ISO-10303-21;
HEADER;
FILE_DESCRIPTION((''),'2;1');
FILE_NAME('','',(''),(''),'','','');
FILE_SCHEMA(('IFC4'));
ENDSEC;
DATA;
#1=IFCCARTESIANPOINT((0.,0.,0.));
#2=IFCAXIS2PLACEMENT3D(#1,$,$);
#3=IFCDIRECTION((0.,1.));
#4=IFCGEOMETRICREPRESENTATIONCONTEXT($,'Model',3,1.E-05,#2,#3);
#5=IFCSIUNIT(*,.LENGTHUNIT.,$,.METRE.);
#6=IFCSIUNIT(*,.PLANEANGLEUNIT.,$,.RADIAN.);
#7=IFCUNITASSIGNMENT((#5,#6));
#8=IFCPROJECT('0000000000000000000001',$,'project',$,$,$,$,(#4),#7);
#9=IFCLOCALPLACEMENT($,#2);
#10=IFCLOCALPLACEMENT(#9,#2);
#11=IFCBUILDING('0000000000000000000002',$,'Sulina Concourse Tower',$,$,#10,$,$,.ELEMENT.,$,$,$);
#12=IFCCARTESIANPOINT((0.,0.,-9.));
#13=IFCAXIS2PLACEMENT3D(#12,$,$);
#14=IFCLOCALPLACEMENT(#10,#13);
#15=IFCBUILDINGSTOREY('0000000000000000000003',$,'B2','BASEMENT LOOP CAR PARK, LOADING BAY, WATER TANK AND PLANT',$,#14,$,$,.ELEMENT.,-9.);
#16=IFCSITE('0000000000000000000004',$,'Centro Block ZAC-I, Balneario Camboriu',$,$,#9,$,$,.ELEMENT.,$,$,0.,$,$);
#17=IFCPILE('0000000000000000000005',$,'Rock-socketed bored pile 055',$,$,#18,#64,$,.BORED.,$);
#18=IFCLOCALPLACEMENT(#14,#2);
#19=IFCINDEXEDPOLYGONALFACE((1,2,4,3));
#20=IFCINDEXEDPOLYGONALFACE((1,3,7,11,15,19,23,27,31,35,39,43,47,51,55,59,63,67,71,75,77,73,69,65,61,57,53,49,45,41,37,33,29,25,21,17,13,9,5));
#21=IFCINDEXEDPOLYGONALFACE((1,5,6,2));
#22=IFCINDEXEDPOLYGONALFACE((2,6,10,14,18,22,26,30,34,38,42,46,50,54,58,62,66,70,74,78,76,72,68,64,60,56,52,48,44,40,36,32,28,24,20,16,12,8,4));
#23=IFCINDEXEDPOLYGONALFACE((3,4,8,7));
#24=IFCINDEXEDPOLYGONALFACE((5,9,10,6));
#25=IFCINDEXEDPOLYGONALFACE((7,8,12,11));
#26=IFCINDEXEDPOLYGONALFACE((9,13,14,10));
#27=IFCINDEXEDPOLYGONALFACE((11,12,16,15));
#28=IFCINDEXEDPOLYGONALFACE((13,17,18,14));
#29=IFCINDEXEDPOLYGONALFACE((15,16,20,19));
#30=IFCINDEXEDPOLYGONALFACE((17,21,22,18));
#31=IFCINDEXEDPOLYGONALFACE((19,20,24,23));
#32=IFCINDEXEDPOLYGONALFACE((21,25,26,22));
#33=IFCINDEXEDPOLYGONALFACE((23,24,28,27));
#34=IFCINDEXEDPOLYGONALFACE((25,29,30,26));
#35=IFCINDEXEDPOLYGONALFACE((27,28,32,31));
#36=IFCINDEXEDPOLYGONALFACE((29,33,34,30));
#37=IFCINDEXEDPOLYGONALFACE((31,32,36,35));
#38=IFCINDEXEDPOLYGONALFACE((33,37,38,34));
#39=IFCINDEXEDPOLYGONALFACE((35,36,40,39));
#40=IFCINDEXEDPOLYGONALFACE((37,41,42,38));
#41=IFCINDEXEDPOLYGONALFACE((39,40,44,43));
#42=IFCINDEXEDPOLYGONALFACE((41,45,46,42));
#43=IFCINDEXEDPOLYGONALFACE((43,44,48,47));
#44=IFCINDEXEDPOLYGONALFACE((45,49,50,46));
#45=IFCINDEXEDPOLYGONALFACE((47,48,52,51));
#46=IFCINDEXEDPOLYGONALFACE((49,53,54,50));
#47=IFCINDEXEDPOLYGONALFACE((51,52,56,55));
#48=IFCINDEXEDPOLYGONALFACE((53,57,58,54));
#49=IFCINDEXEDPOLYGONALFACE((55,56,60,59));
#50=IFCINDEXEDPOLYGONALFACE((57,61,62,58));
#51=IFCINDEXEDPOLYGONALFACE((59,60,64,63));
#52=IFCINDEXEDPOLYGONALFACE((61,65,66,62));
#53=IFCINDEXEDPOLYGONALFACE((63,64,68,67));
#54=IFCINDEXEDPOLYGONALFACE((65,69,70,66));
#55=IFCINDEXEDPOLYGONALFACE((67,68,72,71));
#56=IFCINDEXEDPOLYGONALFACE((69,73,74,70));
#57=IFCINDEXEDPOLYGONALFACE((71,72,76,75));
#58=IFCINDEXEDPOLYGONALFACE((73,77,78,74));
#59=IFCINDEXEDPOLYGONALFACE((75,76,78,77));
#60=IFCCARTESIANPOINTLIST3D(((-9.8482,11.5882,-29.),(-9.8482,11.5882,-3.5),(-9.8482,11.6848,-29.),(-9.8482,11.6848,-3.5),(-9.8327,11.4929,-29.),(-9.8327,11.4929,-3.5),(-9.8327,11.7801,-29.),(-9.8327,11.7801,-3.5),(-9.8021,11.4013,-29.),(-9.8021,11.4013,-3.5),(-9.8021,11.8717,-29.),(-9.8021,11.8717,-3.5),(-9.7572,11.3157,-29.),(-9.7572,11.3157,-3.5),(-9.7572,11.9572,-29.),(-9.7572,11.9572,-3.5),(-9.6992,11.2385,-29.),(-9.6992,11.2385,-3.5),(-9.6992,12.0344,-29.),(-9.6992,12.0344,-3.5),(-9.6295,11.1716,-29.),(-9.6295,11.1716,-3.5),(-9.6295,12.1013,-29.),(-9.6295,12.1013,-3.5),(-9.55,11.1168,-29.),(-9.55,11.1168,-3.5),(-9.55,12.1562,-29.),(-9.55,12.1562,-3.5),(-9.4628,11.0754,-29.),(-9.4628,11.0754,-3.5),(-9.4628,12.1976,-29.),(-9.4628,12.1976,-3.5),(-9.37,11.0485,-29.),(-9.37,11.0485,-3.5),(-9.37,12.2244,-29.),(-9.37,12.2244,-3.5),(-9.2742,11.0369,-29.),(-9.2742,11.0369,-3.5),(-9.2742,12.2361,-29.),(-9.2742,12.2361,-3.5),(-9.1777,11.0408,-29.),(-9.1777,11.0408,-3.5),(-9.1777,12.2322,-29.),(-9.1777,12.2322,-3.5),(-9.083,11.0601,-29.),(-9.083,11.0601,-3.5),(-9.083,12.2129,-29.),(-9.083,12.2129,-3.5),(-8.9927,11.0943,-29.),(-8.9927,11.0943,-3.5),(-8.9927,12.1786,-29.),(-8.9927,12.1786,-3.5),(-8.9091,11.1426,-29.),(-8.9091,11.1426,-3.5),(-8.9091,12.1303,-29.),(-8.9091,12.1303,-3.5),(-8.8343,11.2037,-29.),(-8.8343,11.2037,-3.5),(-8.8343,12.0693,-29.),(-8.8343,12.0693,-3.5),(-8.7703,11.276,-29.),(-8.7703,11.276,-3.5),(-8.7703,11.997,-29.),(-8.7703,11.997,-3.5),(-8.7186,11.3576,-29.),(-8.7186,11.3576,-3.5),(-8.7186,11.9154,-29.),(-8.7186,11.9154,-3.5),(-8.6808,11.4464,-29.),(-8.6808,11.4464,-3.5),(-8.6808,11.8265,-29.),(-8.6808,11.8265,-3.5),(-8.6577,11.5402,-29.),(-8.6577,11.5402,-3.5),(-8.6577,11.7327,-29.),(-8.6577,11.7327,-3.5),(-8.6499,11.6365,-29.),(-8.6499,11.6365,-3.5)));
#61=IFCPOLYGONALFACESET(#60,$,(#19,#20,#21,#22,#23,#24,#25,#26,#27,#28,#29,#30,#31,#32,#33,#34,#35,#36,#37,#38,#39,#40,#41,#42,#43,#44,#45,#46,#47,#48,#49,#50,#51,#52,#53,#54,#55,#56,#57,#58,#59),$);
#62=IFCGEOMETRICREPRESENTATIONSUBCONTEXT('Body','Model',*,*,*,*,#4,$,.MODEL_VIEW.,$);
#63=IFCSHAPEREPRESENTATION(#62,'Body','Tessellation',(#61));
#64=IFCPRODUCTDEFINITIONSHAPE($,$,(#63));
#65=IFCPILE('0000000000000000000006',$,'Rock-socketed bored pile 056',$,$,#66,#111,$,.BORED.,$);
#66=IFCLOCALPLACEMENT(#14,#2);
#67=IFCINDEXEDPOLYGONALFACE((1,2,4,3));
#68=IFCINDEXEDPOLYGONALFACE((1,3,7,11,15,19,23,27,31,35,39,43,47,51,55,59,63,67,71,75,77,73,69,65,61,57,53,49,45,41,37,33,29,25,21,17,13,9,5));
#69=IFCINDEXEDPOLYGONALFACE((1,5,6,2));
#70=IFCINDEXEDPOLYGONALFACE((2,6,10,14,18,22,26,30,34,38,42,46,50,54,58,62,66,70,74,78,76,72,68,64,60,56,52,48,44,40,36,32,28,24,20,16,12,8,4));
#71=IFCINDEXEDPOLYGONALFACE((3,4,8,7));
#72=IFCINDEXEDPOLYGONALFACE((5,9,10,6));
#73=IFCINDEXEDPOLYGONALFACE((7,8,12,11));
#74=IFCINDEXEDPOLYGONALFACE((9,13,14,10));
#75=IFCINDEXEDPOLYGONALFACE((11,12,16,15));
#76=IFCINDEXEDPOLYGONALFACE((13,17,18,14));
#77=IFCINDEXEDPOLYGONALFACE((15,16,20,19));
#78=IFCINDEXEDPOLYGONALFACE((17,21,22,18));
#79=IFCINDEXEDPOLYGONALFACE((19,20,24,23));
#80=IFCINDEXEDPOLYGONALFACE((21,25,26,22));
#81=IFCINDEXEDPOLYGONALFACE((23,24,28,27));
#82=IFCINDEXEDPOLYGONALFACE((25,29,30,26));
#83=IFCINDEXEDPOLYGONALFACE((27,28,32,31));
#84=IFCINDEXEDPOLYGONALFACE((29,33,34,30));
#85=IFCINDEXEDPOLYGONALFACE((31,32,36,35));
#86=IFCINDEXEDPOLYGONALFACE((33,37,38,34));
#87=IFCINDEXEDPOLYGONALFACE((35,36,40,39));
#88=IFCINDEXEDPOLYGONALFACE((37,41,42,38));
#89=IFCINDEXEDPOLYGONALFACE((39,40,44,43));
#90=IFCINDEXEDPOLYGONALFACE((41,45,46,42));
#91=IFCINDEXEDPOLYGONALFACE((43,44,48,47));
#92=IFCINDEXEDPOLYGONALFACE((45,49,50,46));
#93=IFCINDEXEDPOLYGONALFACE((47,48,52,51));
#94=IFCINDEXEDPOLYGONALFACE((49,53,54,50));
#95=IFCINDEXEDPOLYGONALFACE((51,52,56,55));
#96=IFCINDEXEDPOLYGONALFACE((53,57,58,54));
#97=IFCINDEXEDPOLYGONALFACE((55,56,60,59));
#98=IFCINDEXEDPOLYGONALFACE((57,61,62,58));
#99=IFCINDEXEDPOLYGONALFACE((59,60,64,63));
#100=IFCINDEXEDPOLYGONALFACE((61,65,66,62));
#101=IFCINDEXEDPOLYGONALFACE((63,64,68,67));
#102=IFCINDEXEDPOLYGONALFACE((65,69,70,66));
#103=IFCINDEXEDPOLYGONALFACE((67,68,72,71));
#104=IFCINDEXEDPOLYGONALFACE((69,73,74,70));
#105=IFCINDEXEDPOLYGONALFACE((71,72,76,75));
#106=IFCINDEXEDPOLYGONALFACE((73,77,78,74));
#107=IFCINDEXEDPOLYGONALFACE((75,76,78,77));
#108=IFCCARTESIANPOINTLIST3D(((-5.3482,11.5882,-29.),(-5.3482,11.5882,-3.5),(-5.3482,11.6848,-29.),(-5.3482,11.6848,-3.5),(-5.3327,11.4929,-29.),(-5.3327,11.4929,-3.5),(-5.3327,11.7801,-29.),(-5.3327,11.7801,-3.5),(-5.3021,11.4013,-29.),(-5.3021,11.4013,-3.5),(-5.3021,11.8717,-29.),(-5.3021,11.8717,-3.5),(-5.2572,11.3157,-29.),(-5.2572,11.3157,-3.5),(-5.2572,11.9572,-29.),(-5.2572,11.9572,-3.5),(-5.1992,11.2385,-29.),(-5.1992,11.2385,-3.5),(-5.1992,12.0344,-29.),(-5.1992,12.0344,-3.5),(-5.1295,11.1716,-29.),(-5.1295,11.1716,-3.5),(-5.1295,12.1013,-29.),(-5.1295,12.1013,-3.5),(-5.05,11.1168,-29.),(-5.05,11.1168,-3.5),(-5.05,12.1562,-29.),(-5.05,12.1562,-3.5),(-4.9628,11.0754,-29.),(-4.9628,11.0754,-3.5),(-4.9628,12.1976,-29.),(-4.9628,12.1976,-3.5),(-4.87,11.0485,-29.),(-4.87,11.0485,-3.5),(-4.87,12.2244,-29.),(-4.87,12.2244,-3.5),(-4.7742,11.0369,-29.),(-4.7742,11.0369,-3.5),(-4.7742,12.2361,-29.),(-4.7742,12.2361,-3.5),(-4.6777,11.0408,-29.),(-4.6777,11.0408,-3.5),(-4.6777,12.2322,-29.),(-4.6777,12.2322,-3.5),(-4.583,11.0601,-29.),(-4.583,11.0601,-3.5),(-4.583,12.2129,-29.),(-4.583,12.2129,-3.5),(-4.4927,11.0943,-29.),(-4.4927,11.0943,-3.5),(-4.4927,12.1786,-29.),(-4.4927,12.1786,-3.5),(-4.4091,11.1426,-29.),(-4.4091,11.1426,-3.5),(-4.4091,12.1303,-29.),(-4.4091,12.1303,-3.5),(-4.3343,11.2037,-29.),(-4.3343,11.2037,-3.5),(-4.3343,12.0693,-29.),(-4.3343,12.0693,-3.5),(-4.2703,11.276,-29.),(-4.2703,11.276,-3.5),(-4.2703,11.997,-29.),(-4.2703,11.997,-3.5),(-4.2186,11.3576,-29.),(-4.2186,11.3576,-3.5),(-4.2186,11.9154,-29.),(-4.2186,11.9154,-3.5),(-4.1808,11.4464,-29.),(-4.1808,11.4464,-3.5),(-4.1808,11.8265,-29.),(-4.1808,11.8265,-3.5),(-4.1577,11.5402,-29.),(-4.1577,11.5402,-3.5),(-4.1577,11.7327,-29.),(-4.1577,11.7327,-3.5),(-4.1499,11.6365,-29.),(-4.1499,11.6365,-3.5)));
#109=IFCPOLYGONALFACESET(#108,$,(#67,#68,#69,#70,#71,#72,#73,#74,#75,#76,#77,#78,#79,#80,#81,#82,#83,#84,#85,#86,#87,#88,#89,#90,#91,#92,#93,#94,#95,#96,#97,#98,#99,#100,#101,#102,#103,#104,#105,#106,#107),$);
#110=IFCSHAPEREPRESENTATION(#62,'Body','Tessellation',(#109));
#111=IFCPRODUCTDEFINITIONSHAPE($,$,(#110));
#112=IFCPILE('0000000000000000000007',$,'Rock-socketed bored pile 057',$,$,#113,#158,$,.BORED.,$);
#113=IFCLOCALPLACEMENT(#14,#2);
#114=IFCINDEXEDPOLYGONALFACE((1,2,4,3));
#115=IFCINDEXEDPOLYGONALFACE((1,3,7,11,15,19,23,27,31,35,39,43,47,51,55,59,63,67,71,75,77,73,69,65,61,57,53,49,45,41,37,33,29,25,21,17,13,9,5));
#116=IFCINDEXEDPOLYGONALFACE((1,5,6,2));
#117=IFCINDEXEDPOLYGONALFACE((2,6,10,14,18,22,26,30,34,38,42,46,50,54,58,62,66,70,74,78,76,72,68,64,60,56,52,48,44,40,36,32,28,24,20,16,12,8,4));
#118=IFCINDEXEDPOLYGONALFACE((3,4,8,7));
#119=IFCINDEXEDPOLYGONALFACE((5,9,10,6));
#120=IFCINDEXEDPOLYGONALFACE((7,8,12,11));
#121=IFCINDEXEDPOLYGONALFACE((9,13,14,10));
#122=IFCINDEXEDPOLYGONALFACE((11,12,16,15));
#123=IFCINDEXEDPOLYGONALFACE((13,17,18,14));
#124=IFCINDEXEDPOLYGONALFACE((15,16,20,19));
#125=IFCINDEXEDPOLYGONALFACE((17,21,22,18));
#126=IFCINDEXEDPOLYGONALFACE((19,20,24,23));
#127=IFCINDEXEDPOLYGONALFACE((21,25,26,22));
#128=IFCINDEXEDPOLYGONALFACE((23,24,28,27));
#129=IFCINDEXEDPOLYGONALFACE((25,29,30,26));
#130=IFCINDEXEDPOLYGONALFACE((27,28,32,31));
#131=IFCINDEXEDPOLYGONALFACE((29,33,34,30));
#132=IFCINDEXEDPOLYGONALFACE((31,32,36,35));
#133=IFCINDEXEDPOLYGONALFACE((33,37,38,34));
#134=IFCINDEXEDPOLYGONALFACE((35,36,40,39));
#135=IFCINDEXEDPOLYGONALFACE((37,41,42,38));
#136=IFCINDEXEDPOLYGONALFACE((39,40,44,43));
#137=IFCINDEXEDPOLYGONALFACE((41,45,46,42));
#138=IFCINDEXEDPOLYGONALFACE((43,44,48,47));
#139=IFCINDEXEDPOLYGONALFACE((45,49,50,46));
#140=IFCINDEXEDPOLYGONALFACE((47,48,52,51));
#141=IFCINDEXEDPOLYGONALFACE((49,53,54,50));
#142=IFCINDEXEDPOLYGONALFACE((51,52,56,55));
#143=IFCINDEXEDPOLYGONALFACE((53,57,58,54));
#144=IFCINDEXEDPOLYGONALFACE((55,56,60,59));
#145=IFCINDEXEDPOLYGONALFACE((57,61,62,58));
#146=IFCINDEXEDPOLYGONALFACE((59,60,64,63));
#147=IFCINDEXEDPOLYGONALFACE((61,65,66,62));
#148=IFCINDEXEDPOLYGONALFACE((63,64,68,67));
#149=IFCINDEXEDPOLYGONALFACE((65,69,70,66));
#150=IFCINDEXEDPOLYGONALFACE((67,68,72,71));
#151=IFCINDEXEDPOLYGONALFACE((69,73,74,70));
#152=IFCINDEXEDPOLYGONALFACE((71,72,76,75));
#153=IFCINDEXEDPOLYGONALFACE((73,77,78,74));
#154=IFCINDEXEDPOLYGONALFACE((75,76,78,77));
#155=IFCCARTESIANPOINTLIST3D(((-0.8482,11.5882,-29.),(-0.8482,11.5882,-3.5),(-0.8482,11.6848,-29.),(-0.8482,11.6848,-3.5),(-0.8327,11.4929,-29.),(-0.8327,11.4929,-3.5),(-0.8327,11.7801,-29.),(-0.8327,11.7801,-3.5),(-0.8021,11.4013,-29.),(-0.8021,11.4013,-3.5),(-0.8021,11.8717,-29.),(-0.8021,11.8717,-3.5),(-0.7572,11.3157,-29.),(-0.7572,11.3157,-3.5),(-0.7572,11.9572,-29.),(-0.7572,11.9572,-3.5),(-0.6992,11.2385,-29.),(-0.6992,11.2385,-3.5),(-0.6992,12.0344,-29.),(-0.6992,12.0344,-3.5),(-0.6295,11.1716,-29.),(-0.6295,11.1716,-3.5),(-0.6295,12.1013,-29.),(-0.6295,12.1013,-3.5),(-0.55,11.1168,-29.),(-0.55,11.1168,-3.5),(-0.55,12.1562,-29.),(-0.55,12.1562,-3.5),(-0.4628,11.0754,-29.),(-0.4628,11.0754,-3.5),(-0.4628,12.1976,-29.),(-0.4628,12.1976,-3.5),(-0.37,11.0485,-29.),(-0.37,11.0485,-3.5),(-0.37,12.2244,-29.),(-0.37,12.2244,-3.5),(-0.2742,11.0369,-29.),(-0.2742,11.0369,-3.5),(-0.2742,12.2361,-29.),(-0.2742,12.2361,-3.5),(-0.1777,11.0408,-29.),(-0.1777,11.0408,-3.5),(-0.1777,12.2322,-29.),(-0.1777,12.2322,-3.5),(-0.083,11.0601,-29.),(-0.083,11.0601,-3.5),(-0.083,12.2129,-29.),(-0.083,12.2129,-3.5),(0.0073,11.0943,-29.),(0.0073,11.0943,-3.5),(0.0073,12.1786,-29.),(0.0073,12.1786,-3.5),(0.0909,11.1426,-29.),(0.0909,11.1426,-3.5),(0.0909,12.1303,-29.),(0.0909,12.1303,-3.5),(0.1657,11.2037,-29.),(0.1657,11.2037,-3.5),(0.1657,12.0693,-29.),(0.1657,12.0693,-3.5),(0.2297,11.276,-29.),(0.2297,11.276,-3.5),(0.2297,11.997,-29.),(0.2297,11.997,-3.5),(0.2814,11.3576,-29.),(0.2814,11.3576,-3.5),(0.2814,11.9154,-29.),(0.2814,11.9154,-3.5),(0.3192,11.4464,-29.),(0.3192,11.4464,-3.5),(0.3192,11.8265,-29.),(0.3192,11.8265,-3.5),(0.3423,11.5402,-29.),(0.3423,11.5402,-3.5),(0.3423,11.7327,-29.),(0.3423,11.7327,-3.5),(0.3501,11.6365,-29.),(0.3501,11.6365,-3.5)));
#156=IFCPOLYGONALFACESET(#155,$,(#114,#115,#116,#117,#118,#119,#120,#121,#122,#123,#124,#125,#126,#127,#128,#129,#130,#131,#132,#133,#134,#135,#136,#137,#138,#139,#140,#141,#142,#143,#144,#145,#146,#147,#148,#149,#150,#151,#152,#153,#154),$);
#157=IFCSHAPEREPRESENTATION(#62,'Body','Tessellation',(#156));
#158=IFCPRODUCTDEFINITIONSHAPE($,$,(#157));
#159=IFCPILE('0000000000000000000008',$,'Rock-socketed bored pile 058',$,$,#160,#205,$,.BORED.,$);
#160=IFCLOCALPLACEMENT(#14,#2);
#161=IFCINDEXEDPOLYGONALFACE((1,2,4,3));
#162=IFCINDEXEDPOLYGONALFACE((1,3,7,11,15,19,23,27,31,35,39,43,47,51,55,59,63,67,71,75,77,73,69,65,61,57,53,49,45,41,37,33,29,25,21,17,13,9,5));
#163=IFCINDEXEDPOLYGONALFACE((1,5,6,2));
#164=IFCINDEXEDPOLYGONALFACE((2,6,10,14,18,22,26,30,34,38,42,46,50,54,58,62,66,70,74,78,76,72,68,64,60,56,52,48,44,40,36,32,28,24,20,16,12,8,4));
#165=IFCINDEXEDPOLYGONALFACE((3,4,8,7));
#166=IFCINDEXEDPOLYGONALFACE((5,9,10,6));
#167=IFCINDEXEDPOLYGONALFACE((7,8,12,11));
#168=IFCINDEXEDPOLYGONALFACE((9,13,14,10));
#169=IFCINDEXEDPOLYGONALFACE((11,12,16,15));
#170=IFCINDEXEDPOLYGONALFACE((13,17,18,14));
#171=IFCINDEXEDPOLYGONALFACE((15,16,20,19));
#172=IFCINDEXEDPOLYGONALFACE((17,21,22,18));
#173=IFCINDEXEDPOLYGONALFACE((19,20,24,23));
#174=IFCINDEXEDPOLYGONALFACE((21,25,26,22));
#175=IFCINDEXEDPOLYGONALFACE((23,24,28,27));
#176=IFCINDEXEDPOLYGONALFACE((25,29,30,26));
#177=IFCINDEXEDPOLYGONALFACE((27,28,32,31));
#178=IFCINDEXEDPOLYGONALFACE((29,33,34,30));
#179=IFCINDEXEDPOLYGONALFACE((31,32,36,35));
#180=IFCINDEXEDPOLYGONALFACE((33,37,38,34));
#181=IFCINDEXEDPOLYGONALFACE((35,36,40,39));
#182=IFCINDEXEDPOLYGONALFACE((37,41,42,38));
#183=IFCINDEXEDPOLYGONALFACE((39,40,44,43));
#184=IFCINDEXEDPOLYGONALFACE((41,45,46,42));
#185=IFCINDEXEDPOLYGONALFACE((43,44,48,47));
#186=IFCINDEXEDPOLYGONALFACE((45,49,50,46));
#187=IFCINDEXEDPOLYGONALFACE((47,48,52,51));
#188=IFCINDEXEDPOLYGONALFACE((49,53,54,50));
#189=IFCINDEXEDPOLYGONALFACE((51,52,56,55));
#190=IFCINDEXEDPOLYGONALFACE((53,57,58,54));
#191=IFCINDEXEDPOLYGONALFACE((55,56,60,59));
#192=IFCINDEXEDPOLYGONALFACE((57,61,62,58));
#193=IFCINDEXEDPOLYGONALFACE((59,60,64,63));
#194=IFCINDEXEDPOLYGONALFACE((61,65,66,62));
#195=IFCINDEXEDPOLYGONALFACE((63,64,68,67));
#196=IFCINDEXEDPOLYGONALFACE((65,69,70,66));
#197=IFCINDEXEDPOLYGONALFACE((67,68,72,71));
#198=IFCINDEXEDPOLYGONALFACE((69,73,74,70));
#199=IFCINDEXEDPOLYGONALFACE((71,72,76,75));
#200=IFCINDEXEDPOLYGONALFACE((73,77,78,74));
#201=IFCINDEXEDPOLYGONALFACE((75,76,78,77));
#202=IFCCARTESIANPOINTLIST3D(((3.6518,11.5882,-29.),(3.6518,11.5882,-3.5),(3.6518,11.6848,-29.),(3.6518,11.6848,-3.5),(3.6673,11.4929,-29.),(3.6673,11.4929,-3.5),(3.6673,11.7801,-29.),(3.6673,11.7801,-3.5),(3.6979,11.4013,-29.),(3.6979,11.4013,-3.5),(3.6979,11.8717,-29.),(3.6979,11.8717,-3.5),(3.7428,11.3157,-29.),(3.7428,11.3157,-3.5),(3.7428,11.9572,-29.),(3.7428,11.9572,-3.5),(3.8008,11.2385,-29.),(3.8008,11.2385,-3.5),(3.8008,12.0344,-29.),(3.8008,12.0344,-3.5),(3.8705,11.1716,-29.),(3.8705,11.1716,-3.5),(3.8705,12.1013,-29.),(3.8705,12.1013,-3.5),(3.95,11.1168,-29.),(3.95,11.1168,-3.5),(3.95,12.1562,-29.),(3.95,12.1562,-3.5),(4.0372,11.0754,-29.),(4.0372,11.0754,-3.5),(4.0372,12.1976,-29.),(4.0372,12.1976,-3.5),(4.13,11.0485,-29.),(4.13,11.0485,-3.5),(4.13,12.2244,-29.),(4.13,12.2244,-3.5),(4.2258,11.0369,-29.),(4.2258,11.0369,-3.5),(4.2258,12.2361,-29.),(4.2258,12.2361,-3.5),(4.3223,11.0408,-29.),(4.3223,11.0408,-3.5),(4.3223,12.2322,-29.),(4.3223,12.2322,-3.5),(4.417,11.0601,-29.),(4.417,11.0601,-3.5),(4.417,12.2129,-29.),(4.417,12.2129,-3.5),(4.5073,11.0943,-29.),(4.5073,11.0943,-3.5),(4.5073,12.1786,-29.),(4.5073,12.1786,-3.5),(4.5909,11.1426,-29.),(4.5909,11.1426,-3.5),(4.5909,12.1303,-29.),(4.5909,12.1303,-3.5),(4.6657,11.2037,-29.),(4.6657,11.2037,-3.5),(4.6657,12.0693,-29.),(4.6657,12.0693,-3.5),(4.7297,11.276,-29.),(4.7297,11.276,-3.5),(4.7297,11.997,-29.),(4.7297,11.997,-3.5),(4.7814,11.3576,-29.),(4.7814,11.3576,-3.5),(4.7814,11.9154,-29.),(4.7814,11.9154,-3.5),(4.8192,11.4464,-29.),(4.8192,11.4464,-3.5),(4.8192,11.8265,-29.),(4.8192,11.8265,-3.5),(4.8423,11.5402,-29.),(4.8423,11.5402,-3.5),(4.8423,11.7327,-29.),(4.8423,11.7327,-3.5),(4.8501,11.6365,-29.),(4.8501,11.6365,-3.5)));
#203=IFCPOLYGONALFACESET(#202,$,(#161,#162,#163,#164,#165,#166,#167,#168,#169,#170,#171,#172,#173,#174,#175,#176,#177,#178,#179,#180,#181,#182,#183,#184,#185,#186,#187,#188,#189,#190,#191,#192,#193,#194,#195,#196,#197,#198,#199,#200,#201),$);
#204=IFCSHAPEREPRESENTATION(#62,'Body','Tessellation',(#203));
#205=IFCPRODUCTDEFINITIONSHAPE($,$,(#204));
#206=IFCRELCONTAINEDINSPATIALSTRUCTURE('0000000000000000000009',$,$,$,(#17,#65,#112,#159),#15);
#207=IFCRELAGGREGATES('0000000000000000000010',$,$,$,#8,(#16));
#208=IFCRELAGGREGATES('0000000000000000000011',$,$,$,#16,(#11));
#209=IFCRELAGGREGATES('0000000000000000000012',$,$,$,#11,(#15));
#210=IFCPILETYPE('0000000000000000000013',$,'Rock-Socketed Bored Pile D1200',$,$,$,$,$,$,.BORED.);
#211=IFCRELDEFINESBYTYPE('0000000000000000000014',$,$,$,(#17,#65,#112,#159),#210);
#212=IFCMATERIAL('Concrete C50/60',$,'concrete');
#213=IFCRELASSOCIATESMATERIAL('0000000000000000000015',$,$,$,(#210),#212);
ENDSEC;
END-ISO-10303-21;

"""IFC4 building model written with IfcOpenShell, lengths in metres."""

from ifc_helpers import new_model, si_unit, direction, frame, origin, origin_2d, place, context, subcontext, project, spatial, circle, extrude, material, material_profile, profile_set, type_object, element, save


model = new_model("IFC4")

# Units and contexts
model_context = context("Model", 3, precision=1e-05, world=origin(), true_north=direction((0.0, 1.0)))
body_context = subcontext(model_context, "Body", "Model", "MODEL_VIEW")
ifc_project = project(units=[si_unit("LENGTHUNIT", "METRE"), si_unit("PLANEANGLEUNIT", "RADIAN")], contexts=[model_context])

# Site, building, storey
site_placement = place(None, origin())
site = spatial("IfcSite", under=ifc_project, at=site_placement, Name="Centro Block ZAC-I, Balneario Camboriu", CompositionType="ELEMENT", RefElevation=0.0)
building_placement = place(site_placement, origin())
building = spatial("IfcBuilding", under=site, at=building_placement, Name="Sulina Concourse Tower", CompositionType="ELEMENT")
storey_placement = place(building_placement, frame((0.0, 0.0, -9.0)))
storey = spatial("IfcBuildingStorey", under=building, at=storey_placement, Name="B2", Description="BASEMENT LOOP CAR PARK, LOADING BAY, WATER TANK AND PLANT", CompositionType="ELEMENT", Elevation=-9.0)

# Piles
ifc_material_1 = material(Name="Concrete C50/60", Category="concrete")
ifc_material_profile_1 = material_profile(ifc_material_1, circle(Radius=0.6001, at=origin_2d()), Name="PILE D1200")
ifc_profile_set_1 = profile_set([ifc_material_profile_1], Name="Concrete C50/60")
pile_type_1 = type_object("IfcPileType", Name="Rock-Socketed Bored Pile D1200", PredefinedType="BORED", material=ifc_profile_set_1)
for number, where, z_axis, x_axis, name in (
    (1, (-9.25, 11.6365, -3.5), (0.0, 0.0, -1.0), (1.0, 0.0, 0.0), "Rock-socketed bored pile 055"),
    (2, (-4.75, 11.6365, -3.5), (0.0, 0.0, -1.0), (1.0, 0.0, 0.0), "Rock-socketed bored pile 056"),
    (3, (-0.25, 11.6365, -3.5), (0.0, 0.0, -1.0), (1.0, 0.0, 0.0), "Rock-socketed bored pile 057"),
    (4, (4.25, 11.6365, -3.5), (0.0, 0.0, -1.0), (1.0, 0.0, 0.0), "Rock-socketed bored pile 058"),
):
    element("IfcPile", number, at=place(storey_placement, frame(where, z_axis=z_axis, x_axis=x_axis)), inside=storey, type_object=pile_type_1, Name=name, PredefinedType="BORED", context=body_context, shape_type="SweptSolid", body=[
        extrude(circle(Radius=0.6001, at=origin_2d()), origin(), (0.0, 0.0, 1.0), 25.5),
    ])

save(model, "model.ifc")
